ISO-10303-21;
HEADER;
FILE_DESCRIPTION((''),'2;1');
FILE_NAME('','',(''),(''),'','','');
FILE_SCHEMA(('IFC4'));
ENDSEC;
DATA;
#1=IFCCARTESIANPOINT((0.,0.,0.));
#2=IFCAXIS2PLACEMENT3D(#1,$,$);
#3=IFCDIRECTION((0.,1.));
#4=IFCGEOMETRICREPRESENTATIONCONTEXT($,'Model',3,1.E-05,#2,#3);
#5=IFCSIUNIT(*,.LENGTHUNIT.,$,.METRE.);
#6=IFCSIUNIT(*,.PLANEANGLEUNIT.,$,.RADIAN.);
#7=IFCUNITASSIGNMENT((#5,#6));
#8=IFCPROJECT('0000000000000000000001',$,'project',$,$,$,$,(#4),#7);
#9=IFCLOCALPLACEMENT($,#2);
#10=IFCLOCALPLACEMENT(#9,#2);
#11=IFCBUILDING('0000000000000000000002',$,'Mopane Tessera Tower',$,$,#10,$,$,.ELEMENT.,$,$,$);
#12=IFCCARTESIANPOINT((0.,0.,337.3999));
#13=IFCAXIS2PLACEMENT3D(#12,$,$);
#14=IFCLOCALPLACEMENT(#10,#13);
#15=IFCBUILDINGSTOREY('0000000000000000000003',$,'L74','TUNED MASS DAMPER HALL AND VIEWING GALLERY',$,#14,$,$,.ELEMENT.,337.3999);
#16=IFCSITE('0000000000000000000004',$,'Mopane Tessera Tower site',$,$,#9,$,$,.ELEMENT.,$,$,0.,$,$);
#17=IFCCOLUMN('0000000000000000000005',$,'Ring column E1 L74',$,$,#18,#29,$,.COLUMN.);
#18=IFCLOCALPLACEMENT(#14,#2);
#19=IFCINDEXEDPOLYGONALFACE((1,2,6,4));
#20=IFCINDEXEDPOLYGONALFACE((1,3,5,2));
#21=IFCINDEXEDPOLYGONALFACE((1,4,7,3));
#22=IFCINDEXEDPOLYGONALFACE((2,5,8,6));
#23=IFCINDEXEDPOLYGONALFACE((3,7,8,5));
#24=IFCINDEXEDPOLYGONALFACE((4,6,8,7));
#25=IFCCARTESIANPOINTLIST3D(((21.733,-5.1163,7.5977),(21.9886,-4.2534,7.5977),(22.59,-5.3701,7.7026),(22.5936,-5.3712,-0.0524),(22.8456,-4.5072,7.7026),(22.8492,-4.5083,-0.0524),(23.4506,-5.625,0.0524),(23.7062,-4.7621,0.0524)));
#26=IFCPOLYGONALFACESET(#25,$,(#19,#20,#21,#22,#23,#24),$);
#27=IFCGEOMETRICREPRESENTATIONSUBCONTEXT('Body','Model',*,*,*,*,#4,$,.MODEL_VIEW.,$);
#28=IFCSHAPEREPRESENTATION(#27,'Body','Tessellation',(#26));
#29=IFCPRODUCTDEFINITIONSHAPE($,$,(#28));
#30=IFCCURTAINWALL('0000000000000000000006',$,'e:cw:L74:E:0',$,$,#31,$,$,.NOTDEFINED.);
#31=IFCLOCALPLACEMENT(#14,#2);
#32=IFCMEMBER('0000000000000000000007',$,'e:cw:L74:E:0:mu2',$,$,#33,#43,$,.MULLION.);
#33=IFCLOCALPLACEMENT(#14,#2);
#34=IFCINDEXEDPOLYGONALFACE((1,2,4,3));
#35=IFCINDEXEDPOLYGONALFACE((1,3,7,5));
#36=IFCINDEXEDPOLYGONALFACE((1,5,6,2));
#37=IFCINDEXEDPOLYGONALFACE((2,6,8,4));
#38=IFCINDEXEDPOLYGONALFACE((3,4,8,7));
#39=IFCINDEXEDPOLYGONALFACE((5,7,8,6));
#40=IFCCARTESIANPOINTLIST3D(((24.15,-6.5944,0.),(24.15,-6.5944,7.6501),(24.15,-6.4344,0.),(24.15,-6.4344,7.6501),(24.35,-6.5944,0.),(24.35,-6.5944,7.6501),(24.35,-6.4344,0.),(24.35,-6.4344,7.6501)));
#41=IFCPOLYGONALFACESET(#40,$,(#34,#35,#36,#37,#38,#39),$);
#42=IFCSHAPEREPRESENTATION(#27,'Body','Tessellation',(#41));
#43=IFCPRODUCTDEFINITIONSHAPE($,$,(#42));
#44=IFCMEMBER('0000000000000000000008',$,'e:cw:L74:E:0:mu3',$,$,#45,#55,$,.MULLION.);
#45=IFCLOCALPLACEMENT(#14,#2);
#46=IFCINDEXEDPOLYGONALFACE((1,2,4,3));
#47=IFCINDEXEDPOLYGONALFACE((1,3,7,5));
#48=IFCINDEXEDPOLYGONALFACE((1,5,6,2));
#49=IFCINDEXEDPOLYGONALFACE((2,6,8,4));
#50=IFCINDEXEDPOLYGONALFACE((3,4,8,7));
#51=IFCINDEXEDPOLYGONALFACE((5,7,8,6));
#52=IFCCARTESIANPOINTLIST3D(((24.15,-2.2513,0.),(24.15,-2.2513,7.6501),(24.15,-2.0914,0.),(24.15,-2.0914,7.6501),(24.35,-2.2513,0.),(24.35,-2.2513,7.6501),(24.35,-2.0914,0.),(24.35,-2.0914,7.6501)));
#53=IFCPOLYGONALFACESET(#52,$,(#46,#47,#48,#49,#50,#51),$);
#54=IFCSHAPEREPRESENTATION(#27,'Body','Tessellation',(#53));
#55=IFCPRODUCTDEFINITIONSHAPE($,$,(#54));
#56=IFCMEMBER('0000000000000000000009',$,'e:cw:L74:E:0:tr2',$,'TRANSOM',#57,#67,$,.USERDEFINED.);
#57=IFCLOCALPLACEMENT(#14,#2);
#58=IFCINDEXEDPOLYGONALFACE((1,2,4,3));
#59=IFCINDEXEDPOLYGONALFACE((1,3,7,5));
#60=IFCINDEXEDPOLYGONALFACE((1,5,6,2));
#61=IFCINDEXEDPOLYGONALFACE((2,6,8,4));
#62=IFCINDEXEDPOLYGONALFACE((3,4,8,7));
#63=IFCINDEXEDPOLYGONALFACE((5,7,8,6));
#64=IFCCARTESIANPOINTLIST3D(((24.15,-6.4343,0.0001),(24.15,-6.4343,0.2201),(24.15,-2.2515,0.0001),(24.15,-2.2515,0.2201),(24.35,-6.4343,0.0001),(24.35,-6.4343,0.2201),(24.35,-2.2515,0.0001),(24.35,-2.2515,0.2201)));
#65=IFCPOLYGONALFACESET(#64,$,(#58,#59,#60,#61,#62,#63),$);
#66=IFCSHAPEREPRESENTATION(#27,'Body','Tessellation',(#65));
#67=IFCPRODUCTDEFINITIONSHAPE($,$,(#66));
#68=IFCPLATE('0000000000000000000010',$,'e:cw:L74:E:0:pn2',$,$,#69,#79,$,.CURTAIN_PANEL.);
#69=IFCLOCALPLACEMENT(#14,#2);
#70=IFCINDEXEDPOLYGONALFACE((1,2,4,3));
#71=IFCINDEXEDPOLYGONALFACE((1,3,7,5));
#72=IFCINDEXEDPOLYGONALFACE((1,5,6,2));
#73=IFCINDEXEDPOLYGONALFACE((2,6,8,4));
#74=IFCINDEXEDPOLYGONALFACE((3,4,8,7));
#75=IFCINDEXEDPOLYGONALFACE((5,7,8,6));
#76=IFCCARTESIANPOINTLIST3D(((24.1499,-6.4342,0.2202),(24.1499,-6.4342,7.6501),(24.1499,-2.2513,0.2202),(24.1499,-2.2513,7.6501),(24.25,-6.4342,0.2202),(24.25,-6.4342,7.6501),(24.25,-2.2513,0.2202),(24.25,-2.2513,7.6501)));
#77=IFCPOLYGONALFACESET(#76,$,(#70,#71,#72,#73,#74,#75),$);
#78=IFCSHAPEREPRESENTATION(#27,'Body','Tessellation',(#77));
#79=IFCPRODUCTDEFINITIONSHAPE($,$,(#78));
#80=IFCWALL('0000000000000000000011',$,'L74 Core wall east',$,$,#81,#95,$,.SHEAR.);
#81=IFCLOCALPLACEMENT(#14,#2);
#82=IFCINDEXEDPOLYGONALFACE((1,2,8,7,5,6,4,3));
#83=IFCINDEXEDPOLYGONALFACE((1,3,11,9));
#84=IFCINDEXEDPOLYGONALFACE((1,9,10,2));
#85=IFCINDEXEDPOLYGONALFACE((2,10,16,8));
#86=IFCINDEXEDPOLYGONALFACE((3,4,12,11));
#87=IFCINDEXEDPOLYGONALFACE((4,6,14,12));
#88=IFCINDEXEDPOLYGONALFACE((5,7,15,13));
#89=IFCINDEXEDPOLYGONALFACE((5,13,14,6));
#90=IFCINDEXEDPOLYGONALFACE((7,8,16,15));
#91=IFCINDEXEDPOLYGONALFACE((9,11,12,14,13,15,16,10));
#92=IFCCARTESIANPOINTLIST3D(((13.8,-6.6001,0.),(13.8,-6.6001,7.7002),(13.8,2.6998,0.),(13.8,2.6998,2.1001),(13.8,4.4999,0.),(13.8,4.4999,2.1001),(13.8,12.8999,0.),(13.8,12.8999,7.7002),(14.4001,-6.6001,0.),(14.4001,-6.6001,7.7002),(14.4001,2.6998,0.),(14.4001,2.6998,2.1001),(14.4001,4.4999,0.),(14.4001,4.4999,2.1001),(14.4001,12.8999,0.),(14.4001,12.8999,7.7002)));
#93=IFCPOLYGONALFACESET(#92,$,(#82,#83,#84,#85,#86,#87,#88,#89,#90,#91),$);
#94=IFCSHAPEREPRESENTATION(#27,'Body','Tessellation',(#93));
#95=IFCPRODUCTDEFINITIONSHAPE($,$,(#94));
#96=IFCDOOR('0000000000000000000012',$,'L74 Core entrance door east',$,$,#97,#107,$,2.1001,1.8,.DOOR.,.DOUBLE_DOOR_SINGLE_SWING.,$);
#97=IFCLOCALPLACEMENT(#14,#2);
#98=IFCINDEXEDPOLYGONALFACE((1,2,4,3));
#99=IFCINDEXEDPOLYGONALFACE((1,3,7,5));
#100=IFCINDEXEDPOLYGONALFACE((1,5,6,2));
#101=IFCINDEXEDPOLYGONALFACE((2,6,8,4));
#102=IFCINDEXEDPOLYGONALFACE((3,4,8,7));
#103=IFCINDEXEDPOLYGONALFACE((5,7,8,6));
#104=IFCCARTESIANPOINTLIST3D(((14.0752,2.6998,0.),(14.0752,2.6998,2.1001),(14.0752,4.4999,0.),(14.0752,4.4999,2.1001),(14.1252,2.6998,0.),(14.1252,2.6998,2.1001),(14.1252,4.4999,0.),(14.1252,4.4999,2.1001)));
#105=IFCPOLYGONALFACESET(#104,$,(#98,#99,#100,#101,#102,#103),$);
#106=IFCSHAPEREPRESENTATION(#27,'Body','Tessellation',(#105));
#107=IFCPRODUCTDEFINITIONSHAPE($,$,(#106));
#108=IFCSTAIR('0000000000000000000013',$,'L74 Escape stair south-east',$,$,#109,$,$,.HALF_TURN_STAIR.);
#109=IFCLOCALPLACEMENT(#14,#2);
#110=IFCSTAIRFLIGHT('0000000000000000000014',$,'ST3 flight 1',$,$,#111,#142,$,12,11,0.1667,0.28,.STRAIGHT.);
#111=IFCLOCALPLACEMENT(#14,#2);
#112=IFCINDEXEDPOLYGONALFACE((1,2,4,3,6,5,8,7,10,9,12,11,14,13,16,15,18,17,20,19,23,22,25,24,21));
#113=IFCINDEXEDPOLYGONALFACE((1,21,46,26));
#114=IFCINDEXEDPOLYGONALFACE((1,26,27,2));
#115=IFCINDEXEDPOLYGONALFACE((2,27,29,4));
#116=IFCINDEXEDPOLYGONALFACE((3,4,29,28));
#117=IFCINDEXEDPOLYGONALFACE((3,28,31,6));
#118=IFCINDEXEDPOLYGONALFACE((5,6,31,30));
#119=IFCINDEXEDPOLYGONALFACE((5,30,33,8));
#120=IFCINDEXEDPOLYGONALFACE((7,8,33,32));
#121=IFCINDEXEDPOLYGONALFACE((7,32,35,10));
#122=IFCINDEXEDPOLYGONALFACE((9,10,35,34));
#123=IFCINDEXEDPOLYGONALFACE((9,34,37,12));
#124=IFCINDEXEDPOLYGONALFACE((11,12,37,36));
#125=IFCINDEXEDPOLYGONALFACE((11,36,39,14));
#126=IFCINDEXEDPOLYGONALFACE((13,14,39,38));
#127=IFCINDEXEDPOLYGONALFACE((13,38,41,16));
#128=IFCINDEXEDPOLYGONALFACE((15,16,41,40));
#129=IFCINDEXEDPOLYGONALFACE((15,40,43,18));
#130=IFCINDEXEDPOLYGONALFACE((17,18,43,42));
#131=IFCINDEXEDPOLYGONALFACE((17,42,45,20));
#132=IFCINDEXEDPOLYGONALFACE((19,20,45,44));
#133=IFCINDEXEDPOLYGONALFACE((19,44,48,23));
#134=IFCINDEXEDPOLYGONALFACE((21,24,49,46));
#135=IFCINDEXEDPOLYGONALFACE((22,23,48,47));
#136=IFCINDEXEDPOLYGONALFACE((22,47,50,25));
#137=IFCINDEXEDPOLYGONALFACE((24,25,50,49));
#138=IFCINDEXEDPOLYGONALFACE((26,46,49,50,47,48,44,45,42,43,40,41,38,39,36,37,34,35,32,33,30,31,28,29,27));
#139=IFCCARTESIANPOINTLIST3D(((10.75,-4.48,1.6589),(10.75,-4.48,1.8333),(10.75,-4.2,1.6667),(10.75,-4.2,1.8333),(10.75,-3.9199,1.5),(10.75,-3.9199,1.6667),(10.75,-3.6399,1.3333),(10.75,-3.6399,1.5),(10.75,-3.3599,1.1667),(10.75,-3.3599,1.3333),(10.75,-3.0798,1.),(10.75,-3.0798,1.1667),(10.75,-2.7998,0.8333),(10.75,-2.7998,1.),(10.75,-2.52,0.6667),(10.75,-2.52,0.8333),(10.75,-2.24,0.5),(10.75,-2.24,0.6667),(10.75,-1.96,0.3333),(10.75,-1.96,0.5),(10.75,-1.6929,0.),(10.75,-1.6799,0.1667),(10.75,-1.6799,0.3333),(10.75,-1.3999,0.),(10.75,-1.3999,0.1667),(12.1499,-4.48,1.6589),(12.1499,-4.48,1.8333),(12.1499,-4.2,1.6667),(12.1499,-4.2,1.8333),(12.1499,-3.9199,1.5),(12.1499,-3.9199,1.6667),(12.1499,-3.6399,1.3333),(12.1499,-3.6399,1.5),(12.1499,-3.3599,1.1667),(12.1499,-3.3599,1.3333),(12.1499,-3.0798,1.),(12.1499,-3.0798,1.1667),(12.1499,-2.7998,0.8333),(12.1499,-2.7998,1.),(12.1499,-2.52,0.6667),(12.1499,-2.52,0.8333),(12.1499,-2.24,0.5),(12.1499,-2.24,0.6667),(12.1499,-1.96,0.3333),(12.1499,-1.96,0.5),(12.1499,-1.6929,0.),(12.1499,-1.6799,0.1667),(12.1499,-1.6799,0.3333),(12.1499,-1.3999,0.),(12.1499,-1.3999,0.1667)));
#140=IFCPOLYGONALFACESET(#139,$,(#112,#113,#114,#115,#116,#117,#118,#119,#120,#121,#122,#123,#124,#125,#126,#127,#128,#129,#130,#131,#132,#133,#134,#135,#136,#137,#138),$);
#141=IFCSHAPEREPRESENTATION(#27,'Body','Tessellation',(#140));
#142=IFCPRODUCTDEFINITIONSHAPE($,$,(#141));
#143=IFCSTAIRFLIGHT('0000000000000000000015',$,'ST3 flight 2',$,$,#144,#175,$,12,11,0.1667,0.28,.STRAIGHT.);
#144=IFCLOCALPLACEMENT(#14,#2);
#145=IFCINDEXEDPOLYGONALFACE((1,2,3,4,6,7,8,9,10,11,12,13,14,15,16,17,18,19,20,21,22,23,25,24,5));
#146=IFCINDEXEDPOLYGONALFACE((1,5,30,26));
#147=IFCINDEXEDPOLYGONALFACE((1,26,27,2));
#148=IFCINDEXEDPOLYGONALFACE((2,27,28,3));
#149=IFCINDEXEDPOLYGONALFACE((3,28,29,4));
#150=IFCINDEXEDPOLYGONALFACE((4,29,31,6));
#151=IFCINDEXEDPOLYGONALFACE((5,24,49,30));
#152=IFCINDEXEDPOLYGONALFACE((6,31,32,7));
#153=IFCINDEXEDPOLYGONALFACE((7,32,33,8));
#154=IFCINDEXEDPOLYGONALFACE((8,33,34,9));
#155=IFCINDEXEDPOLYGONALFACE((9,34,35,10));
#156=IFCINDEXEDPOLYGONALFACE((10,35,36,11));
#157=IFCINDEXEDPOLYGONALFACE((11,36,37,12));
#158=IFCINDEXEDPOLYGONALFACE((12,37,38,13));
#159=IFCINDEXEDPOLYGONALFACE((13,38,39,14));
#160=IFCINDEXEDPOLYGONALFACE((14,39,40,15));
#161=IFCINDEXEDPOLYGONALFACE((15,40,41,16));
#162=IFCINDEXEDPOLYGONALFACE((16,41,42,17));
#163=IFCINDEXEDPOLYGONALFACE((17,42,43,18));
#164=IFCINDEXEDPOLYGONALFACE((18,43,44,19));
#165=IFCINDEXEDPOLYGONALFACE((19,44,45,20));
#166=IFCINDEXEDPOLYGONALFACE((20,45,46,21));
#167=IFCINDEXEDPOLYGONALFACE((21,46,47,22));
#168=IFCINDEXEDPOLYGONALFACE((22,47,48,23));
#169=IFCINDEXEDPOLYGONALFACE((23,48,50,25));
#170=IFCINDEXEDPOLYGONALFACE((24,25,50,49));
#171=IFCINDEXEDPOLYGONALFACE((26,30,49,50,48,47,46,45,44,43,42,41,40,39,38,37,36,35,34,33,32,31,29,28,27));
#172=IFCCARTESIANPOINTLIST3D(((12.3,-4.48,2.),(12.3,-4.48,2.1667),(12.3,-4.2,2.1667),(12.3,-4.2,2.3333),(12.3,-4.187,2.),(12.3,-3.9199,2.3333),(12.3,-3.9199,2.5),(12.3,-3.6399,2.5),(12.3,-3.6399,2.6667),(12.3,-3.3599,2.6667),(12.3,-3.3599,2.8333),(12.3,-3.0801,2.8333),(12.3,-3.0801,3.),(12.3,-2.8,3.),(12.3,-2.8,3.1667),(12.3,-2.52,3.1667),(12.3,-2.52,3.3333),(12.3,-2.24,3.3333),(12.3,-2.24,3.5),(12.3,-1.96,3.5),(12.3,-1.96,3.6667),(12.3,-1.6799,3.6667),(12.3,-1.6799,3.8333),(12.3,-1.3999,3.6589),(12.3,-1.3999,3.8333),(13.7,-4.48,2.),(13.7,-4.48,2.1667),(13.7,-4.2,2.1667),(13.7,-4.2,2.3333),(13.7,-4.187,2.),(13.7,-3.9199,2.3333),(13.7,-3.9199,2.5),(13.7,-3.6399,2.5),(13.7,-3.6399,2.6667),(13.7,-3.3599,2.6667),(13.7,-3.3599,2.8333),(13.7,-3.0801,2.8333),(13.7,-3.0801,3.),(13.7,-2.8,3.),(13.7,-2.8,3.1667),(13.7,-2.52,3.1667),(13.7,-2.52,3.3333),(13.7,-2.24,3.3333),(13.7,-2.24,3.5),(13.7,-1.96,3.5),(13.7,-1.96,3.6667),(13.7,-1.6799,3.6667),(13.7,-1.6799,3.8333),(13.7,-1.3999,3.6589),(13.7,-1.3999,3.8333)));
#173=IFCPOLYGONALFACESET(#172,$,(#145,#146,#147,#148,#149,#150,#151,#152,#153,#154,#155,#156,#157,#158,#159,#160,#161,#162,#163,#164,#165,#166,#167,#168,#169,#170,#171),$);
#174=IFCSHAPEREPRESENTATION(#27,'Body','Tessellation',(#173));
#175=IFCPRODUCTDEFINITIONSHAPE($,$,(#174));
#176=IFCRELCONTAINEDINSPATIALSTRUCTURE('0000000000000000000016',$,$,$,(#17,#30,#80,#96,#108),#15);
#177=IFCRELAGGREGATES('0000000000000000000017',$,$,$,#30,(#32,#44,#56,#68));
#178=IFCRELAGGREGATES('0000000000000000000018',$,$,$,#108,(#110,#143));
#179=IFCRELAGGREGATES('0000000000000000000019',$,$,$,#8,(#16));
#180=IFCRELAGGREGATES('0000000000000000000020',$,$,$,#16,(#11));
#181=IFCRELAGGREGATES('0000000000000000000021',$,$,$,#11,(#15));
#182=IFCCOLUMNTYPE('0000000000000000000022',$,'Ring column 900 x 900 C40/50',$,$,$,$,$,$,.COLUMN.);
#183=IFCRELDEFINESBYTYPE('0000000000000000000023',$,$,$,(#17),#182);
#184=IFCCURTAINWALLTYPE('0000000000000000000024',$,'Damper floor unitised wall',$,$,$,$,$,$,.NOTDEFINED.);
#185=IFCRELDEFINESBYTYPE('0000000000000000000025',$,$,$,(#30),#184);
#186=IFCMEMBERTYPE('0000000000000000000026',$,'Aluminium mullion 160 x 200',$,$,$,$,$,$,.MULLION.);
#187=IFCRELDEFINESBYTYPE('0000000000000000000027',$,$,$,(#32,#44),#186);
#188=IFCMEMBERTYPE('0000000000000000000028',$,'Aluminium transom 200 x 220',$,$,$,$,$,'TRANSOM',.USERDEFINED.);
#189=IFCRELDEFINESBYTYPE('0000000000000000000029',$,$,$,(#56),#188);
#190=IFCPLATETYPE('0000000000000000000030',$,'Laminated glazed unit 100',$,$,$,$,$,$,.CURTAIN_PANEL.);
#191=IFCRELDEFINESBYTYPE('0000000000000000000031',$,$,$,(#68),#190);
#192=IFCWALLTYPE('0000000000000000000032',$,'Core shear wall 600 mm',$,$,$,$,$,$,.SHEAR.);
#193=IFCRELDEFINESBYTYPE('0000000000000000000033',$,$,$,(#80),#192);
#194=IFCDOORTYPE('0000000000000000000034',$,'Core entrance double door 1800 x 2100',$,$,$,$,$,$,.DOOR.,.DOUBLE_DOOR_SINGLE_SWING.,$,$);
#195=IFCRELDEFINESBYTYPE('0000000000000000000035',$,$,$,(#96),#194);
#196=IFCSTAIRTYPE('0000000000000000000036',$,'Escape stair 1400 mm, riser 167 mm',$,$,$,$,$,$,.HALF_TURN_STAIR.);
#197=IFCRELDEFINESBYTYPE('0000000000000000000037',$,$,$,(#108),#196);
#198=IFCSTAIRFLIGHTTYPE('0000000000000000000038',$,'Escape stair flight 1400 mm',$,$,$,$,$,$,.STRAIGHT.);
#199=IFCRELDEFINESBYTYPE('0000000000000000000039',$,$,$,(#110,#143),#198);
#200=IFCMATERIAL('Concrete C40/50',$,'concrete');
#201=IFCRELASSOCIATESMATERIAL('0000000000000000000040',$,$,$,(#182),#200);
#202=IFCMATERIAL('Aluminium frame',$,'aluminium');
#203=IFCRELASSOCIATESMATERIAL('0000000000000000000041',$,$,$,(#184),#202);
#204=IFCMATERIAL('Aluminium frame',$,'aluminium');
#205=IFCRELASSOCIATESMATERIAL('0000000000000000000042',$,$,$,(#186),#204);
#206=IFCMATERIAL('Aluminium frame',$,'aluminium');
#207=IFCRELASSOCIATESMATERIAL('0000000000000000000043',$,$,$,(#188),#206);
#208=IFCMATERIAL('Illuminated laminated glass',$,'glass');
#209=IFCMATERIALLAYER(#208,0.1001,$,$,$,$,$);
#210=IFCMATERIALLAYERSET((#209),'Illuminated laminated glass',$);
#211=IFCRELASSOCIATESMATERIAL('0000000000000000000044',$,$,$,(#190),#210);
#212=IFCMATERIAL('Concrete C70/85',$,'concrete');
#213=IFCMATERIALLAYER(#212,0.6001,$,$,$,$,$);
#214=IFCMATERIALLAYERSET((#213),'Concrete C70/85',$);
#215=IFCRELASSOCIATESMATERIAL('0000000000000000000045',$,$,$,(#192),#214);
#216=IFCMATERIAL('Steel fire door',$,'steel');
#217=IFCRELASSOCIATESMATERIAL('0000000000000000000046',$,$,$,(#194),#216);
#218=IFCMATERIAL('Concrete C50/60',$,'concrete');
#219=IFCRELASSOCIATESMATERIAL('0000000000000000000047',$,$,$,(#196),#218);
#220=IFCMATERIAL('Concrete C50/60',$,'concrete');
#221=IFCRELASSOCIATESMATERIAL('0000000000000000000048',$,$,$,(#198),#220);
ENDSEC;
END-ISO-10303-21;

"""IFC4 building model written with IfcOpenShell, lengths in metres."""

from ifc_helpers import new_model, si_unit, direction, frame, frame_2d, origin, origin_2d, place, context, subcontext, project, spatial, polyline, rectangle, outline, extrude, material, layer, layer_set, material_profile, profile_set, type_object, element, fill, aggregate, save


model = new_model("IFC4")

# Units and contexts
model_context = context("Model", 3, precision=1e-05, world=origin(), true_north=direction((0.0, 1.0)))
body_context = subcontext(model_context, "Body", "Model", "MODEL_VIEW")
ifc_project = project(units=[si_unit("LENGTHUNIT", "METRE"), si_unit("PLANEANGLEUNIT", "RADIAN")], contexts=[model_context])

# Site, building, storey
site_placement = place(None, origin())
site = spatial("IfcSite", under=ifc_project, at=site_placement, Name="Mopane Tessera Tower site", CompositionType="ELEMENT", RefElevation=0.0)
building_placement = place(site_placement, origin())
building = spatial("IfcBuilding", under=site, at=building_placement, Name="Mopane Tessera Tower", CompositionType="ELEMENT")
storey_placement = place(building_placement, frame((0.0, 0.0, 337.3999)))
storey = spatial("IfcBuildingStorey", under=building, at=storey_placement, Name="L74", Description="TUNED MASS DAMPER HALL AND VIEWING GALLERY", CompositionType="ELEMENT", Elevation=337.3999)

# Column
ifc_material_1 = material(Name="Concrete C40/50", Category="concrete")
ifc_material_profile_1 = material_profile(ifc_material_1, rectangle(XDim=0.8999, YDim=0.8999, at=origin_2d()))
ifc_profile_set_1 = profile_set([ifc_material_profile_1], Name="Concrete C40/50")
column_type = type_object("IfcColumnType", Name="Ring column 900 x 900 C40/50", PredefinedType="COLUMN", material=ifc_profile_set_1)
column_placement = place(storey_placement, frame((23.1499, -5.0667, 0.0), z_axis=(-0.111728, 0.03309, 0.993188), x_axis=(-0.283977, -0.958831, 0.0)))
element("IfcColumn", 1, at=column_placement, inside=storey, type_object=column_type, Name="Ring column E1 L74", PredefinedType="COLUMN", context=body_context, shape_type="SweptSolid", body=[
    extrude(rectangle(XDim=0.8999, YDim=0.8999, at=origin_2d()), origin(), (0.0, 0.0, 1.0), 7.7026),
])

# Curtain wall, members, plate
ifc_material_2 = material(Name="Aluminium frame", Category="aluminium")
curtain_wall_type = type_object("IfcCurtainWallType", Name="Damper floor unitised wall", PredefinedType="NOTDEFINED", material=ifc_material_2)
curtain_wall_placement = place(storey_placement, origin())
curtain_wall = element("IfcCurtainWall", 2, at=curtain_wall_placement, inside=storey, type_object=curtain_wall_type, Name="e:cw:L74:E:0", PredefinedType="NOTDEFINED")
ifc_material_3 = material(Name="Aluminium frame", Category="aluminium")
ifc_material_profile_2 = material_profile(ifc_material_3, rectangle(XDim=0.1599, YDim=0.2, at=origin_2d()))
ifc_profile_set_2 = profile_set([ifc_material_profile_2], Name="Aluminium frame")
member_type_1 = type_object("IfcMemberType", Name="Aluminium mullion 160 x 200", PredefinedType="MULLION", material=ifc_profile_set_2)
member_1_placement = place(storey_placement, frame((24.25, -6.5144, 0.0), z_axis=(0.0, 0.0, 1.0), x_axis=(0.0, 1.0, 0.0)))
member_1 = element("IfcMember", 3, at=member_1_placement, type_object=member_type_1, Name="e:cw:L74:E:0:mu2", PredefinedType="MULLION", context=body_context, shape_type="SweptSolid", body=[
    extrude(rectangle(XDim=0.1599, YDim=0.2, at=origin_2d()), origin(), (0.0, 0.0, 1.0), 7.6501),
])
member_2_placement = place(storey_placement, frame((24.25, -2.1714, 0.0), z_axis=(0.0, 0.0, 1.0), x_axis=(0.0, 1.0, 0.0)))
member_2 = element("IfcMember", 4, at=member_2_placement, type_object=member_type_1, Name="e:cw:L74:E:0:mu3", PredefinedType="MULLION", context=body_context, shape_type="SweptSolid", body=[
    extrude(rectangle(XDim=0.1599, YDim=0.2, at=origin_2d()), origin(), (0.0, 0.0, 1.0), 7.6501),
])
ifc_material_4 = material(Name="Aluminium frame", Category="aluminium")
ifc_material_profile_3 = material_profile(ifc_material_4, rectangle(XDim=0.2, YDim=0.22, at=origin_2d()))
ifc_profile_set_3 = profile_set([ifc_material_profile_3], Name="Aluminium frame")
member_type_2 = type_object("IfcMemberType", Name="Aluminium transom 200 x 220", ElementType="TRANSOM", PredefinedType="USERDEFINED", material=ifc_profile_set_3)
member_3_placement = place(storey_placement, frame((24.25, -6.4343, 0.1101), z_axis=(0.0, 1.0, 0.0), x_axis=(-1.0, 0.0, 0.0)))
member_3 = element("IfcMember", 5, at=member_3_placement, type_object=member_type_2, Name="e:cw:L74:E:0:tr2", ObjectType="TRANSOM", PredefinedType="USERDEFINED", context=body_context, shape_type="SweptSolid", body=[
    extrude(rectangle(XDim=0.2, YDim=0.22, at=origin_2d()), origin(), (0.0, 0.0, 1.0), 4.1829),
])
ifc_material_5 = material(Name="Illuminated laminated glass", Category="glass")
ifc_layer_1 = layer(ifc_material_5, 0.1001)
ifc_layer_set_1 = layer_set([ifc_layer_1], Name="Illuminated laminated glass")
plate_type = type_object("IfcPlateType", Name="Laminated glazed unit 100", PredefinedType="CURTAIN_PANEL", material=ifc_layer_set_1)
plate_placement = place(storey_placement, frame((24.2, -4.3428, 0.2202), z_axis=(0.0, 0.0, 1.0), x_axis=(0.0, 1.0, 0.0)))
plate = element("IfcPlate", 6, at=plate_placement, type_object=plate_type, Name="e:cw:L74:E:0:pn2", PredefinedType="CURTAIN_PANEL", context=body_context, shape_type="SweptSolid", body=[
    extrude(rectangle(XDim=4.1829, YDim=0.1001, at=origin_2d()), origin(), (0.0, 0.0, 1.0), 7.4299),
])
aggregate(curtain_wall, [member_1, member_2, member_3, plate])

# Wall, opening, door
ifc_material_6 = material(Name="Concrete C70/85", Category="concrete")
ifc_layer_2 = layer(ifc_material_6, 0.6001)
ifc_layer_set_2 = layer_set([ifc_layer_2], Name="Concrete C70/85")
wall_type_1 = type_object("IfcWallType", Name="Core shear wall 600 mm", PredefinedType="SHEAR", material=ifc_layer_set_2)
wall_1_placement = place(storey_placement, frame((14.1001, -6.6001, 0.0), z_axis=(0.0, 0.0, 1.0), x_axis=(0.0, 1.0, 0.0)))
wall_1 = element("IfcWall", 7, at=wall_1_placement, inside=storey, type_object=wall_type_1, Name="L74 Core wall east", PredefinedType="SHEAR", context=body_context, shape_type="SweptSolid", body=[
    extrude(rectangle(XDim=19.5, YDim=0.6001, at=frame_2d((9.75, 0.0))), origin(), (0.0, 0.0, 1.0), 7.7002),
])
opening_1_placement = place(wall_1_placement, frame((9.3, 0.0, 0.0)))
opening_1 = element("IfcOpeningElement", 8, at=opening_1_placement, cuts=wall_1, PredefinedType="OPENING", context=body_context, shape_type="SweptSolid", body=[
    extrude(rectangle(XDim=1.8, YDim=2.1001, at=frame_2d((0.8999, 1.05))), frame((0.0, 0.312, 0.0), z_axis=(0.0, -1.0, 0.0), x_axis=(1.0, 0.0, 0.0)), (0.0, 0.0, 1.0), 0.624),
])
ifc_material_7 = material(Name="Steel fire door", Category="steel")
door_type_1 = type_object("IfcDoorType", Name="Core entrance double door 1800 x 2100", OperationType="DOUBLE_DOOR_SINGLE_SWING", PredefinedType="DOOR", material=ifc_material_7)
door_1_placement = place(opening_1_placement, origin())
door_1 = element("IfcDoor", 9, at=door_1_placement, inside=storey, type_object=door_type_1, Name="L74 Core entrance door east", OperationType="DOUBLE_DOOR_SINGLE_SWING", OverallHeight=2.1001, OverallWidth=1.8, PredefinedType="DOOR", context=body_context, shape_type="SweptSolid", body=[
    extrude(rectangle(XDim=1.8, YDim=2.1001, at=frame_2d((0.8999, 1.05))), frame((0.0, 0.0249, 0.0), z_axis=(0.0, -1.0, 0.0), x_axis=(1.0, 0.0, 0.0)), (0.0, 0.0, 1.0), 0.05),
])
fill(opening_1, door_1)

# Stair, stair flights
ifc_material_8 = material(Name="Concrete C50/60", Category="concrete")
stair_type = type_object("IfcStairType", Name="Escape stair 1400 mm, riser 167 mm", PredefinedType="HALF_TURN_STAIR", material=ifc_material_8)
stair_placement = place(storey_placement, origin())
stair = element("IfcStair", 10, at=stair_placement, inside=storey, type_object=stair_type, Name="L74 Escape stair south-east", PredefinedType="HALF_TURN_STAIR")
ifc_material_9 = material(Name="Concrete C50/60", Category="concrete")
stair_flight_type = type_object("IfcStairFlightType", Name="Escape stair flight 1400 mm", PredefinedType="STRAIGHT", material=ifc_material_9)
stair_flight_1_placement = place(storey_placement, frame((11.45, -1.3999, 0.0), z_axis=(0.0, 0.0, 1.0), x_axis=(0.0, -1.0, 0.0)))
stair_flight_1 = element("IfcStairFlight", 11, at=stair_flight_1_placement, type_object=stair_flight_type, Name="ST3 flight 1", NumberOfRisers=12, NumberOfTreads=11, PredefinedType="STRAIGHT", RiserHeight=0.1667, TreadLength=0.28, context=body_context, shape_type="SweptSolid", body=[
    extrude(outline(polyline([(0.0, 0.0), (0.0, 0.1667), (0.28, 0.1667), (0.28, 0.3333), (0.5601, 0.3333), (0.5601, 0.5), (0.8401, 0.5), (0.8401, 0.6667), (1.1201, 0.6667), (1.1201, 0.8333), (1.3999, 0.8333), (1.3999, 1.0), (1.6799, 1.0), (1.6799, 1.1667), (1.96, 1.1667), (1.96, 1.3333), (2.24, 1.3333), (2.24, 1.5), (2.52, 1.5), (2.52, 1.6667), (2.8, 1.6667), (2.8, 1.8333), (3.0801, 1.8333), (3.0801, 2.0), (3.0801, 1.6589), (0.293, 0.0), (0.0, 0.0)])), frame((0.0, 0.7, 0.0), z_axis=(0.0, -1.0, 0.0), x_axis=(1.0, 0.0, 0.0)), (0.0, 0.0, 1.0), 1.3999),
])
stair_flight_2_placement = place(storey_placement, frame((13.0, -4.48, 2.0), z_axis=(0.0, 0.0, 1.0), x_axis=(0.0, 1.0, 0.0)))
stair_flight_2 = element("IfcStairFlight", 12, at=stair_flight_2_placement, type_object=stair_flight_type, Name="ST3 flight 2", NumberOfRisers=12, NumberOfTreads=11, PredefinedType="STRAIGHT", RiserHeight=0.1667, TreadLength=0.28, context=body_context, shape_type="SweptSolid", body=[
    extrude(outline(polyline([(0.0, 0.0), (0.0, 0.1667), (0.28, 0.1667), (0.28, 0.3333), (0.5601, 0.3333), (0.5601, 0.5), (0.8401, 0.5), (0.8401, 0.6667), (1.1201, 0.6667), (1.1201, 0.8333), (1.3999, 0.8333), (1.3999, 1.0), (1.6799, 1.0), (1.6799, 1.1667), (1.96, 1.1667), (1.96, 1.3333), (2.24, 1.3333), (2.24, 1.5), (2.52, 1.5), (2.52, 1.6667), (2.8, 1.6667), (2.8, 1.8333), (3.0801, 1.8333), (3.0801, 2.0), (3.0801, 1.6589), (0.293, 0.0), (0.0, 0.0)])), frame((0.0, 0.7, 0.0), z_axis=(0.0, -1.0, 0.0), x_axis=(1.0, 0.0, 0.0)), (0.0, 0.0, 1.0), 1.3999),
])
aggregate(stair, [stair_flight_1, stair_flight_2])

save(model, "model.ifc")
